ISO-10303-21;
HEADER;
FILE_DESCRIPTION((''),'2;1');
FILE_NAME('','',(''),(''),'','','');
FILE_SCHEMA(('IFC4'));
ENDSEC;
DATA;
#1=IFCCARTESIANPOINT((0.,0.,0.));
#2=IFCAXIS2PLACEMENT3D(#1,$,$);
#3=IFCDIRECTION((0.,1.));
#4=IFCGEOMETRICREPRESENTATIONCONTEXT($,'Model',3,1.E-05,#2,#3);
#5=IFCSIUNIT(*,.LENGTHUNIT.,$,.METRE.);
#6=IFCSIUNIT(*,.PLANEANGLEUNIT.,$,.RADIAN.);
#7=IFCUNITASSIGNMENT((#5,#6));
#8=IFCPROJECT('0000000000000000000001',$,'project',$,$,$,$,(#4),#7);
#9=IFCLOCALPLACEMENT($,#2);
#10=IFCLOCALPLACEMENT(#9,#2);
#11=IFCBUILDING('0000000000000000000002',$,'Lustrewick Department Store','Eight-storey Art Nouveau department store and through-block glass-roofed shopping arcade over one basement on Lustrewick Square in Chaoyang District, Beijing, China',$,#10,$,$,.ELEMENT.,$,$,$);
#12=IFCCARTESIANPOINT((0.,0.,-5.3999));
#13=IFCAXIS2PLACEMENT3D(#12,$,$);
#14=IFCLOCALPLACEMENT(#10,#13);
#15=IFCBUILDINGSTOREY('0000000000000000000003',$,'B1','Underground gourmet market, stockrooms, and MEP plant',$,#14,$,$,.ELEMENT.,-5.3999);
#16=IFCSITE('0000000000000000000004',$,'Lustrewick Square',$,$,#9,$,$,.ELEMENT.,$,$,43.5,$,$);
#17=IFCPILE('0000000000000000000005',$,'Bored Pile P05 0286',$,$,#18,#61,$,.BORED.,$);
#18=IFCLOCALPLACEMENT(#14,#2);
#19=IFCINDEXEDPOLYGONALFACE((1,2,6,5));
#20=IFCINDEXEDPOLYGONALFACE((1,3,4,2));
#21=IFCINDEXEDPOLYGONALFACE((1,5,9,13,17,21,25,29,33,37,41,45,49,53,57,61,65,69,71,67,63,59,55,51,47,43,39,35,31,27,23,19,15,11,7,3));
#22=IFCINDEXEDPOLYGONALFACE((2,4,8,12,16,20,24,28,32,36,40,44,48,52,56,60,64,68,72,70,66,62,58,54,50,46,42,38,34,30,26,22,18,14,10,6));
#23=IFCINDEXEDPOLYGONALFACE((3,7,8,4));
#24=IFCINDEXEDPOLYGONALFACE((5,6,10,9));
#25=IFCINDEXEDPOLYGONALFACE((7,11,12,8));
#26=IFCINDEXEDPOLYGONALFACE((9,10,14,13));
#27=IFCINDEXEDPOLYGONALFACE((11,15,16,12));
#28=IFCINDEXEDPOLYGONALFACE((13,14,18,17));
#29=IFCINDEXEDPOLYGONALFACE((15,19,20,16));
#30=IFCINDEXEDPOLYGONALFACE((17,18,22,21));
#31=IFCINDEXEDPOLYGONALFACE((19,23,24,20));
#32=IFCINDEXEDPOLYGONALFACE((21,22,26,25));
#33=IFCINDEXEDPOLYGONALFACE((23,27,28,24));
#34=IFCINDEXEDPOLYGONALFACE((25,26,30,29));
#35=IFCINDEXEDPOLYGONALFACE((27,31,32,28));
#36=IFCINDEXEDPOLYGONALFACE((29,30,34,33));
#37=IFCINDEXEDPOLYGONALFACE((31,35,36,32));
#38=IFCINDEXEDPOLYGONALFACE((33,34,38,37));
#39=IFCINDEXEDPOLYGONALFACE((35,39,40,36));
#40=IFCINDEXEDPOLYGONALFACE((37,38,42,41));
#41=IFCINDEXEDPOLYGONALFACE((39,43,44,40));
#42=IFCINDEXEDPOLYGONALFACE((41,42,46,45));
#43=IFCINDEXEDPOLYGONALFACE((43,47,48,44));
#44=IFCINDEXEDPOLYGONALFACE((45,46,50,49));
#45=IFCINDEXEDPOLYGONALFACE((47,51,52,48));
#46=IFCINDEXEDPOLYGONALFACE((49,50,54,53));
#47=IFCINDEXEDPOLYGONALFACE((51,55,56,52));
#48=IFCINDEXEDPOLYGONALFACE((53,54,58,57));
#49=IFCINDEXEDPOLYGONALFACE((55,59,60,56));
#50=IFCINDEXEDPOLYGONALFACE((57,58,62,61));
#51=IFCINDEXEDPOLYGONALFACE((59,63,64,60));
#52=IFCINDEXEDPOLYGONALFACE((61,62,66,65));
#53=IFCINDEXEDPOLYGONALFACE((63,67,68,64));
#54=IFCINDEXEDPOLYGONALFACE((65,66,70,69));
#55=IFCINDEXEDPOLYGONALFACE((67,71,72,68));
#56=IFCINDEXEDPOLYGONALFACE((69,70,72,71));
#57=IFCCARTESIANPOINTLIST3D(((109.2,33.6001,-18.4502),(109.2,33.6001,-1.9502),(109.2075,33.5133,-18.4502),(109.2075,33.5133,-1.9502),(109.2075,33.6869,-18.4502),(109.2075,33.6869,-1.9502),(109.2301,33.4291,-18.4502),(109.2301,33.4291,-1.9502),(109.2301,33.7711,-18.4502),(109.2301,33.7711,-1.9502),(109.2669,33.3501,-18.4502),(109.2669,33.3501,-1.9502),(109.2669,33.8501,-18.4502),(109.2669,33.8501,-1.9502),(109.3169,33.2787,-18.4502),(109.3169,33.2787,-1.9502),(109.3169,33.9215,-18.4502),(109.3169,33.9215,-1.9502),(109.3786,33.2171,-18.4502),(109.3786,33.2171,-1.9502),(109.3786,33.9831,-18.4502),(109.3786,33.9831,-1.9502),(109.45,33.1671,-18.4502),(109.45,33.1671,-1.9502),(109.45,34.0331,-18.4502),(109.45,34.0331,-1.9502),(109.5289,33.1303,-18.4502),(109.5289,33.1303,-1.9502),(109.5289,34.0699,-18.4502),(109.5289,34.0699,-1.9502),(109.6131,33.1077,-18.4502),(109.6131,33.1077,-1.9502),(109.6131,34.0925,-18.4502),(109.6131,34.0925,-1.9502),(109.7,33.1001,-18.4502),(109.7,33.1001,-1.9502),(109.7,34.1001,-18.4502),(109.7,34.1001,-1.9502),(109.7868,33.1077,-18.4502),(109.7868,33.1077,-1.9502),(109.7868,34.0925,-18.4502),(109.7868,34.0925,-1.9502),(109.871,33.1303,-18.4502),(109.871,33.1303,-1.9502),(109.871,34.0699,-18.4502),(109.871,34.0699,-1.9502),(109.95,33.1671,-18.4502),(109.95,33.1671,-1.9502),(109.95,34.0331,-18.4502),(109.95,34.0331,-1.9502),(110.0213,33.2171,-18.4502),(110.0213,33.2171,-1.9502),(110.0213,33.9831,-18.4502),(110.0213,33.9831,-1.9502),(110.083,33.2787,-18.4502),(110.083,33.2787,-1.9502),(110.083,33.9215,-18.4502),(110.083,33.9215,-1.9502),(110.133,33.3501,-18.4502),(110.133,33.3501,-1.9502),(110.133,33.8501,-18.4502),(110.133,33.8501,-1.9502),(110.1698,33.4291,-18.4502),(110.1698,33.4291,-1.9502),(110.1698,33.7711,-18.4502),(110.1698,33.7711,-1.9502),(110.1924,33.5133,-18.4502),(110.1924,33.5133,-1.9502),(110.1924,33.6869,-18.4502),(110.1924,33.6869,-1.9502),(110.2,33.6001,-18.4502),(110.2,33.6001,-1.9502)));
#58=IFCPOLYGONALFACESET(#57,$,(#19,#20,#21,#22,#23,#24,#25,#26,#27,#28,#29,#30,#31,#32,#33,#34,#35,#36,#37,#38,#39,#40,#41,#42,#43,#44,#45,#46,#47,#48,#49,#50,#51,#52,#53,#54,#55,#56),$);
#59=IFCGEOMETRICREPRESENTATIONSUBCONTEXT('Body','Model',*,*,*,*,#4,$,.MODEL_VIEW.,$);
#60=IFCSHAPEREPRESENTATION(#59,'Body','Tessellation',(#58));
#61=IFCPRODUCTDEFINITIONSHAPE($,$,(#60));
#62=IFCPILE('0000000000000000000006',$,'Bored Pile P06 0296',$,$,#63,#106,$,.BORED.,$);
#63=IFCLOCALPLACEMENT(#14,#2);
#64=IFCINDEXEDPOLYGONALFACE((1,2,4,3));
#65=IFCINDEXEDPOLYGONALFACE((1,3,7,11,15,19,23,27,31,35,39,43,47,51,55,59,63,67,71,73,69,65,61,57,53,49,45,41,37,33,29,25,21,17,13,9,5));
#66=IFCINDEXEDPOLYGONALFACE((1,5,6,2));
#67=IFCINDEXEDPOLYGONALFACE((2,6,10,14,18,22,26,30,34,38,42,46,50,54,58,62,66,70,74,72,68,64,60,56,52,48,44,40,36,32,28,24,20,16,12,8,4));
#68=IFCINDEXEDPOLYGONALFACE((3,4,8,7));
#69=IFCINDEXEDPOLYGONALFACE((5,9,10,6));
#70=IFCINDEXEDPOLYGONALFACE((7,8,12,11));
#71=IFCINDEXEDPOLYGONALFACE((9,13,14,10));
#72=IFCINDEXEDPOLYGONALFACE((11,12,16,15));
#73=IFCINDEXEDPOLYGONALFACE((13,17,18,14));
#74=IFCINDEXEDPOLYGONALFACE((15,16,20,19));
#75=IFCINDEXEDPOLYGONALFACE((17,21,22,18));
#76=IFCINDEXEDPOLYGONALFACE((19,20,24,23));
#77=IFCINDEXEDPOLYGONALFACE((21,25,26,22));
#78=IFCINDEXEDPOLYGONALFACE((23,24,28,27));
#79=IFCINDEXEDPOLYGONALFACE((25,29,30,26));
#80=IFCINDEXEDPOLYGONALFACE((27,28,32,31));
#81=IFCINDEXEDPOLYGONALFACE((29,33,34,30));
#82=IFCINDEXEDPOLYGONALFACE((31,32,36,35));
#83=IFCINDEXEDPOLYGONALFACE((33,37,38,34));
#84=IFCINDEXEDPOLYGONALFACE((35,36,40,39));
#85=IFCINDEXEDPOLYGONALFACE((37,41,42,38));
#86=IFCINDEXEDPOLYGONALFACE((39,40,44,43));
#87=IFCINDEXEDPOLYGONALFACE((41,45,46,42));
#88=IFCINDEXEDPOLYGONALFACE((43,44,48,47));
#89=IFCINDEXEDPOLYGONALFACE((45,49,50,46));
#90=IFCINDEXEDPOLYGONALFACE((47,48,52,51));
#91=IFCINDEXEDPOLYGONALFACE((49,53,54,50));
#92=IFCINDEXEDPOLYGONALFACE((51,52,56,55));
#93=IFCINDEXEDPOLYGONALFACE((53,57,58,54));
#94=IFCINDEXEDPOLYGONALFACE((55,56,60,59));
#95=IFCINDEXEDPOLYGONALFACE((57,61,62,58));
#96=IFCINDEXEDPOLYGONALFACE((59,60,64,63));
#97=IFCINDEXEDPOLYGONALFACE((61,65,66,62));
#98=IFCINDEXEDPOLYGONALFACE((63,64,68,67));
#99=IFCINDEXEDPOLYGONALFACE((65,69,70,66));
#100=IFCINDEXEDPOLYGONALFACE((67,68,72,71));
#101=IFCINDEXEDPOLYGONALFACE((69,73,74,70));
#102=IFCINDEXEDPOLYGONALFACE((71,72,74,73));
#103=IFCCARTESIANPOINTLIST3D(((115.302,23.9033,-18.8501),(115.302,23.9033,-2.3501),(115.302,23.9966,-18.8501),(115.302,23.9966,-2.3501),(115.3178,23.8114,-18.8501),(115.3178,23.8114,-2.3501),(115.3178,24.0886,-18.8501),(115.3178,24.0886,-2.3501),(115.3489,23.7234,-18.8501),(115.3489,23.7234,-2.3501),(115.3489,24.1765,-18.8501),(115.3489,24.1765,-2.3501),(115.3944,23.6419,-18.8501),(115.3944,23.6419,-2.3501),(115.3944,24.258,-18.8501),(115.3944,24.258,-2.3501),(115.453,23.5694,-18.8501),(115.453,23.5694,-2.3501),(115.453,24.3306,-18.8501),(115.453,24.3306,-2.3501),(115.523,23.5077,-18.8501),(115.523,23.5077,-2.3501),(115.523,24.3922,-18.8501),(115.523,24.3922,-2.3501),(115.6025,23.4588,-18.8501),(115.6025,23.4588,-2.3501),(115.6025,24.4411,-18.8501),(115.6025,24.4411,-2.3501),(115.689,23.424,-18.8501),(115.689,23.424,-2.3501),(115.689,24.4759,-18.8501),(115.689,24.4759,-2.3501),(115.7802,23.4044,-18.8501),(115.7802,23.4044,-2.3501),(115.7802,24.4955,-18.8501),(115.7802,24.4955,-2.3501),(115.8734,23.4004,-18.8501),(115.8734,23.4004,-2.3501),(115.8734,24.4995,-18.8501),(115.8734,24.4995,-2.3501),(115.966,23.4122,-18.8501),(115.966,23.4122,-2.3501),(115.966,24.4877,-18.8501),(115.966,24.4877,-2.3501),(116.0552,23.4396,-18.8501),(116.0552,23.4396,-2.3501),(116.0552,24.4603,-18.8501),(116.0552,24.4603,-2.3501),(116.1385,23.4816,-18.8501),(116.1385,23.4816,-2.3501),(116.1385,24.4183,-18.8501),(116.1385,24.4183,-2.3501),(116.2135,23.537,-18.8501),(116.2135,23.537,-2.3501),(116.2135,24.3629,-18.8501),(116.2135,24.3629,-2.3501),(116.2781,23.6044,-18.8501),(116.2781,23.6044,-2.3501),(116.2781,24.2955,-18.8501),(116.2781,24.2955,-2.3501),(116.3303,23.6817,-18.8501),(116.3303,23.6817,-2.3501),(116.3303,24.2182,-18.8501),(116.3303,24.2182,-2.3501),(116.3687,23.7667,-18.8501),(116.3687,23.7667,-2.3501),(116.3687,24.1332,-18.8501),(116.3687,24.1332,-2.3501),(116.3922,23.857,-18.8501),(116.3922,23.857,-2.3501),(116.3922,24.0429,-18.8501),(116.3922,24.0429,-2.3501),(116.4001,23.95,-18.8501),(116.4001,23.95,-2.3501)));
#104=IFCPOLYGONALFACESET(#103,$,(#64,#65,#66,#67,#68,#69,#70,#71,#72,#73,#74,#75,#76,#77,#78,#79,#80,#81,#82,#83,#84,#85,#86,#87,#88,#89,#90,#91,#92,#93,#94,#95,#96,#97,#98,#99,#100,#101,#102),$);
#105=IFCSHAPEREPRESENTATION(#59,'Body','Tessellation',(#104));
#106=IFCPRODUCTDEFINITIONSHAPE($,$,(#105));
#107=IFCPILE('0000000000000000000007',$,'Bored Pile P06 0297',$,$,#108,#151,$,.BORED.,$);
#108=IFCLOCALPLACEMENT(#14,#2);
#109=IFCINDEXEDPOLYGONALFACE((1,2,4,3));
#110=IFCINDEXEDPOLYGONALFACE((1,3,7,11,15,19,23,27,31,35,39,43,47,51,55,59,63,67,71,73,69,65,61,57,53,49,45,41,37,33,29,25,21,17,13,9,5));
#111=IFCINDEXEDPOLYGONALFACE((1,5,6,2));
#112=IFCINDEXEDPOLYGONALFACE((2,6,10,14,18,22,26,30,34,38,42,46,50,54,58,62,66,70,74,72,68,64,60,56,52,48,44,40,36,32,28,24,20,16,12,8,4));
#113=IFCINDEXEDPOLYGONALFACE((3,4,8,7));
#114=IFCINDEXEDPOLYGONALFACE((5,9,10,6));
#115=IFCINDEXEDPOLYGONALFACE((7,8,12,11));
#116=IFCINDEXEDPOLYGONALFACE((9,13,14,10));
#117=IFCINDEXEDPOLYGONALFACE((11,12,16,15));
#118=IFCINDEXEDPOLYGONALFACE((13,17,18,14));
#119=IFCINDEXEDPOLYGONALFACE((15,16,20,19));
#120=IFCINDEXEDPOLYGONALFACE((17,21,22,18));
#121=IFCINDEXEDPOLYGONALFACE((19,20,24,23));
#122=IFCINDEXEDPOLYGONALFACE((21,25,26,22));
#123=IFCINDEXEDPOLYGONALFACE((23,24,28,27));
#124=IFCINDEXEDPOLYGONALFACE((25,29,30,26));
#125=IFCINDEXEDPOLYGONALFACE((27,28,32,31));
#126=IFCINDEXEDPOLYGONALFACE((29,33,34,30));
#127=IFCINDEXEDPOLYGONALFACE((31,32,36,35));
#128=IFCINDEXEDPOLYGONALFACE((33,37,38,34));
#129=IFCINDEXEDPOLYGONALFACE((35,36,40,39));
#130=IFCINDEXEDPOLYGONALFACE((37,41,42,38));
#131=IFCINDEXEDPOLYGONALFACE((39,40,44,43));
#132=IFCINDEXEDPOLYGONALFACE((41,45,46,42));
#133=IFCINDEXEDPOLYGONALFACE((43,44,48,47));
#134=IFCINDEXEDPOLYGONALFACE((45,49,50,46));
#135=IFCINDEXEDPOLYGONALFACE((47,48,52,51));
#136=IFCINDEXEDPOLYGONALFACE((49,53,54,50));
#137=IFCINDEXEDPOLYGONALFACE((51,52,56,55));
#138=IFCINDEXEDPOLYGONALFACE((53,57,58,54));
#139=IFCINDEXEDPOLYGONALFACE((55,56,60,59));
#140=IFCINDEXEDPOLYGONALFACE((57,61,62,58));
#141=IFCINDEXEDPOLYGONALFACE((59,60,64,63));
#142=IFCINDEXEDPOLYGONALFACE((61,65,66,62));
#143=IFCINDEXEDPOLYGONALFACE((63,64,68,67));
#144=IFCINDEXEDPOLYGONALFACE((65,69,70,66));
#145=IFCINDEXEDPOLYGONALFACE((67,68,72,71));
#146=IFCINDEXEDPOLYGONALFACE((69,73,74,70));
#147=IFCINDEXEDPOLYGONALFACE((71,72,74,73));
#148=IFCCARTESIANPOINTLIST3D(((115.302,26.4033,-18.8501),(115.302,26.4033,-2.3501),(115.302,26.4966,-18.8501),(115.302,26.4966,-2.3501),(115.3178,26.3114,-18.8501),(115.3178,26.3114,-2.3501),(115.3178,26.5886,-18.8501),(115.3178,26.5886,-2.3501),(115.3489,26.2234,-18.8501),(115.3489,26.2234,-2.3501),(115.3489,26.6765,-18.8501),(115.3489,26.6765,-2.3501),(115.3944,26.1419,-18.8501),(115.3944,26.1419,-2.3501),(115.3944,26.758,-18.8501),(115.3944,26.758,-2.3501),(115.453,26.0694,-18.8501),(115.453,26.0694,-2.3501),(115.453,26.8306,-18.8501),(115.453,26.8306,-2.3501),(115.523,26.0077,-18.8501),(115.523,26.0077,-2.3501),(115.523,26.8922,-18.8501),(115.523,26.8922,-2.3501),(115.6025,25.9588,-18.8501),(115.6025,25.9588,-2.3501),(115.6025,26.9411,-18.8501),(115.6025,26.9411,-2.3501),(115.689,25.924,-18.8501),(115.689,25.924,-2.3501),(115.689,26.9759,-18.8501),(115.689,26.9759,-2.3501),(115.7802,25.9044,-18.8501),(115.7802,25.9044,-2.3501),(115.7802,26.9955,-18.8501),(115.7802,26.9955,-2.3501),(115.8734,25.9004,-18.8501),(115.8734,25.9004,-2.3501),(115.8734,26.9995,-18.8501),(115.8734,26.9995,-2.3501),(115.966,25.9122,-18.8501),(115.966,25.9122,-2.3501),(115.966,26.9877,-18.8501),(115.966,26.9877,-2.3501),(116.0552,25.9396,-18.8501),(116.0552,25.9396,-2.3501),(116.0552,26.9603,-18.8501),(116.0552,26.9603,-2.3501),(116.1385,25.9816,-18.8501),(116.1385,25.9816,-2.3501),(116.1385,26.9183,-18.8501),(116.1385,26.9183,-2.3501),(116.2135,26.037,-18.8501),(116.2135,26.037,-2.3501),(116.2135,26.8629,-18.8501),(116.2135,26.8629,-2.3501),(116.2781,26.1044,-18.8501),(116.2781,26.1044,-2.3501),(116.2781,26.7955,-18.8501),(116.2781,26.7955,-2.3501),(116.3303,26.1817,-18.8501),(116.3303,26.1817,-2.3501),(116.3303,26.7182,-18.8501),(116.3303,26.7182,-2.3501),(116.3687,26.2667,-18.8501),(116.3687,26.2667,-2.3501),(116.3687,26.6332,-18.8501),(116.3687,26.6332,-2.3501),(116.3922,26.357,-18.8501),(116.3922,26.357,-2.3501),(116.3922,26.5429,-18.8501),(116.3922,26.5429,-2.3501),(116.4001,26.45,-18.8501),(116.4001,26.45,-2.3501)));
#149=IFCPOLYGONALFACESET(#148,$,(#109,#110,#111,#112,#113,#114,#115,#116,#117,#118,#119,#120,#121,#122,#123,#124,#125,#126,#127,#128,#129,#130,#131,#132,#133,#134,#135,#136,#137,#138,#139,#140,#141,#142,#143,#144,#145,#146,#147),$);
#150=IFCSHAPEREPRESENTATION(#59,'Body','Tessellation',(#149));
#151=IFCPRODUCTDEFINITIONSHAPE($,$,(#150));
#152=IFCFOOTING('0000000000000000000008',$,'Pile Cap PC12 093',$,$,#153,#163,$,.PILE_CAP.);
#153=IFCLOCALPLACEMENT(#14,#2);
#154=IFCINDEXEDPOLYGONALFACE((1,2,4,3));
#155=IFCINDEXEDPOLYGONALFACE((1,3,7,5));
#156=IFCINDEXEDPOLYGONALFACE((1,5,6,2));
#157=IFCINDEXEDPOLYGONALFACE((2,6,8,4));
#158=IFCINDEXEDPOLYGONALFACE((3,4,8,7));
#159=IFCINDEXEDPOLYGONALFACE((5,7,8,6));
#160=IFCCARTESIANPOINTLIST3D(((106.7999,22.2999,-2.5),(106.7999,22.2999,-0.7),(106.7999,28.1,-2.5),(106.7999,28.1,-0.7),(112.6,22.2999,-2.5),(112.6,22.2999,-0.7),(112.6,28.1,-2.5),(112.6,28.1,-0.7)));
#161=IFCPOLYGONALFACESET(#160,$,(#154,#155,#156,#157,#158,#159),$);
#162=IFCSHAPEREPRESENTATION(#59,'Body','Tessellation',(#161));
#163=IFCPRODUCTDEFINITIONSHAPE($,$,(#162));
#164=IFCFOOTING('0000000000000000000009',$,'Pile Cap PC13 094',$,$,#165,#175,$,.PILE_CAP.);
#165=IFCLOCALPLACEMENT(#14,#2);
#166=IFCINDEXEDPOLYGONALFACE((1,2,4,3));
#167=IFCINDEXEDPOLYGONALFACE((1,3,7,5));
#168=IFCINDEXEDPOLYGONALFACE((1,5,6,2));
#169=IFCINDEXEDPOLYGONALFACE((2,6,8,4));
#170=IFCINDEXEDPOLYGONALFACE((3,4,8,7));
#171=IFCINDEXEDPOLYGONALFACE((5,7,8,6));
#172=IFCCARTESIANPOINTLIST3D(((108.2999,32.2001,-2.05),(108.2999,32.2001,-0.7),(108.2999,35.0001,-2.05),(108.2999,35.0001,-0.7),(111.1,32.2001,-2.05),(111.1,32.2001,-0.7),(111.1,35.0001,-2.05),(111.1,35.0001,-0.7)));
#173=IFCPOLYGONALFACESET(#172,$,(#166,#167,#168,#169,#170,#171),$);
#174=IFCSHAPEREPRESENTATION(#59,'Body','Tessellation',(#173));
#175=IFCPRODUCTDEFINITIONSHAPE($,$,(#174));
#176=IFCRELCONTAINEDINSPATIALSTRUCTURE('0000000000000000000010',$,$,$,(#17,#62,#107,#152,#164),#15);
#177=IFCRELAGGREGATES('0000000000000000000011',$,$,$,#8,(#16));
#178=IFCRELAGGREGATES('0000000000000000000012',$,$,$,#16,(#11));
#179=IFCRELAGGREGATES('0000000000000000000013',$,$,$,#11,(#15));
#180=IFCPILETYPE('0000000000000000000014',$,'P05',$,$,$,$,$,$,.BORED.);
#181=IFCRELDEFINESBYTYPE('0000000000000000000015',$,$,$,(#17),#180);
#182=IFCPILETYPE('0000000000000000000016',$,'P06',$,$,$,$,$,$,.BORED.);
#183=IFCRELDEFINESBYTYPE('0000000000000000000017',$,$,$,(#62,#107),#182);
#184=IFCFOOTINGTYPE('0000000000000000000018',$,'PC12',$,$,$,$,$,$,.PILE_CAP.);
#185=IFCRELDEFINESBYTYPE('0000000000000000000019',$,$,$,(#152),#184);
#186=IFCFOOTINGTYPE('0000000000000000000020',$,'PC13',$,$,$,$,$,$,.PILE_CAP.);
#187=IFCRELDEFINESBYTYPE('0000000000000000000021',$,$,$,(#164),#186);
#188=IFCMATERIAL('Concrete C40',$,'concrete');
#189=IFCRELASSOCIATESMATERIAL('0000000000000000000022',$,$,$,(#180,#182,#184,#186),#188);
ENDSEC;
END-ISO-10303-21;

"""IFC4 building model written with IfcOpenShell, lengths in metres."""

from ifc_helpers import new_model, si_unit, direction, frame, origin, origin_2d, place, context, subcontext, project, spatial, rectangle, circle, extrude, material, material_profile, profile_set, type_object, element, save


model = new_model("IFC4")

# Units and contexts
model_context = context("Model", 3, precision=1e-05, world=origin(), true_north=direction((0.0, 1.0)))
body_context = subcontext(model_context, "Body", "Model", "MODEL_VIEW")
ifc_project = project(units=[si_unit("LENGTHUNIT", "METRE"), si_unit("PLANEANGLEUNIT", "RADIAN")], contexts=[model_context])

# Site, building, storey
site_placement = place(None, origin())
site = spatial("IfcSite", under=ifc_project, at=site_placement, Name="Lustrewick Square", CompositionType="ELEMENT", RefElevation=43.5)
building_placement = place(site_placement, origin())
building = spatial("IfcBuilding", under=site, at=building_placement, Name="Lustrewick Department Store", Description="Eight-storey Art Nouveau department store and through-block glass-roofed shopping arcade over one basement on Lustrewick Square in Chaoyang District, Beijing, China", CompositionType="ELEMENT")
storey_placement = place(building_placement, frame((0.0, 0.0, -5.3999)))
storey = spatial("IfcBuildingStorey", under=building, at=storey_placement, Name="B1", Description="Underground gourmet market, stockrooms, and MEP plant", CompositionType="ELEMENT", Elevation=-5.3999)

# Piles
ifc_material_1 = material(Name="Concrete C40", Category="concrete")
ifc_material_profile_1 = material_profile(ifc_material_1, circle(Radius=0.5, at=origin_2d()), Name="PILE D1000")
ifc_profile_set_1 = profile_set([ifc_material_profile_1], Name="Concrete C40")
pile_type_1 = type_object("IfcPileType", Name="P05", PredefinedType="BORED", material=ifc_profile_set_1)
for number, where, z_axis, x_axis, name in (
    (1, (109.7, 33.6001, -1.9502), (0.0, 0.0, -1.0), (1.0, 0.0, 0.0), "Bored Pile P05 0286"),
):
    element("IfcPile", number, at=place(storey_placement, frame(where, z_axis=z_axis, x_axis=x_axis)), inside=storey, type_object=pile_type_1, Name=name, PredefinedType="BORED", context=body_context, shape_type="SweptSolid", body=[
        extrude(circle(Radius=0.5, at=origin_2d()), origin(), (0.0, 0.0, 1.0), 16.5),
    ])
ifc_material_profile_2 = material_profile(ifc_material_1, circle(Radius=0.55, at=origin_2d()), Name="PILE D1100")
ifc_profile_set_2 = profile_set([ifc_material_profile_2], Name="Concrete C40")
pile_type_2 = type_object("IfcPileType", Name="P06", PredefinedType="BORED", material=ifc_profile_set_2)
for number, where, z_axis, x_axis, name in (
    (2, (115.8501, 23.95, -2.3501), (0.0, 0.0, -1.0), (1.0, 0.0, 0.0), "Bored Pile P06 0296"),
    (3, (115.8501, 26.45, -2.3501), (0.0, 0.0, -1.0), (1.0, 0.0, 0.0), "Bored Pile P06 0297"),
):
    element("IfcPile", number, at=place(storey_placement, frame(where, z_axis=z_axis, x_axis=x_axis)), inside=storey, type_object=pile_type_2, Name=name, PredefinedType="BORED", context=body_context, shape_type="SweptSolid", body=[
        extrude(circle(Radius=0.55, at=origin_2d()), origin(), (0.0, 0.0, 1.0), 16.5),
    ])

# Footings
footing_type_1 = type_object("IfcFootingType", Name="PC12", PredefinedType="PILE_CAP", material=ifc_material_1)
footing_1_placement = place(storey_placement, frame((109.7, 25.2, -2.5), z_axis=(0.0, 0.0, 1.0), x_axis=(1.0, 0.0, 0.0)))
element("IfcFooting", 4, at=footing_1_placement, inside=storey, type_object=footing_type_1, Name="Pile Cap PC12 093", PredefinedType="PILE_CAP", context=body_context, shape_type="SweptSolid", body=[
    extrude(rectangle(XDim=5.8, YDim=5.8, at=origin_2d()), origin(), (0.0, 0.0, 1.0), 1.8),
])
footing_type_2 = type_object("IfcFootingType", Name="PC13", PredefinedType="PILE_CAP", material=ifc_material_1)
footing_2_placement = place(storey_placement, frame((109.7, 33.6001, -2.05), z_axis=(0.0, 0.0, 1.0), x_axis=(1.0, 0.0, 0.0)))
element("IfcFooting", 5, at=footing_2_placement, inside=storey, type_object=footing_type_2, Name="Pile Cap PC13 094", PredefinedType="PILE_CAP", context=body_context, shape_type="SweptSolid", body=[
    extrude(rectangle(XDim=2.8, YDim=2.8, at=origin_2d()), origin(), (0.0, 0.0, 1.0), 1.3501),
])

save(model, "model.ifc")
